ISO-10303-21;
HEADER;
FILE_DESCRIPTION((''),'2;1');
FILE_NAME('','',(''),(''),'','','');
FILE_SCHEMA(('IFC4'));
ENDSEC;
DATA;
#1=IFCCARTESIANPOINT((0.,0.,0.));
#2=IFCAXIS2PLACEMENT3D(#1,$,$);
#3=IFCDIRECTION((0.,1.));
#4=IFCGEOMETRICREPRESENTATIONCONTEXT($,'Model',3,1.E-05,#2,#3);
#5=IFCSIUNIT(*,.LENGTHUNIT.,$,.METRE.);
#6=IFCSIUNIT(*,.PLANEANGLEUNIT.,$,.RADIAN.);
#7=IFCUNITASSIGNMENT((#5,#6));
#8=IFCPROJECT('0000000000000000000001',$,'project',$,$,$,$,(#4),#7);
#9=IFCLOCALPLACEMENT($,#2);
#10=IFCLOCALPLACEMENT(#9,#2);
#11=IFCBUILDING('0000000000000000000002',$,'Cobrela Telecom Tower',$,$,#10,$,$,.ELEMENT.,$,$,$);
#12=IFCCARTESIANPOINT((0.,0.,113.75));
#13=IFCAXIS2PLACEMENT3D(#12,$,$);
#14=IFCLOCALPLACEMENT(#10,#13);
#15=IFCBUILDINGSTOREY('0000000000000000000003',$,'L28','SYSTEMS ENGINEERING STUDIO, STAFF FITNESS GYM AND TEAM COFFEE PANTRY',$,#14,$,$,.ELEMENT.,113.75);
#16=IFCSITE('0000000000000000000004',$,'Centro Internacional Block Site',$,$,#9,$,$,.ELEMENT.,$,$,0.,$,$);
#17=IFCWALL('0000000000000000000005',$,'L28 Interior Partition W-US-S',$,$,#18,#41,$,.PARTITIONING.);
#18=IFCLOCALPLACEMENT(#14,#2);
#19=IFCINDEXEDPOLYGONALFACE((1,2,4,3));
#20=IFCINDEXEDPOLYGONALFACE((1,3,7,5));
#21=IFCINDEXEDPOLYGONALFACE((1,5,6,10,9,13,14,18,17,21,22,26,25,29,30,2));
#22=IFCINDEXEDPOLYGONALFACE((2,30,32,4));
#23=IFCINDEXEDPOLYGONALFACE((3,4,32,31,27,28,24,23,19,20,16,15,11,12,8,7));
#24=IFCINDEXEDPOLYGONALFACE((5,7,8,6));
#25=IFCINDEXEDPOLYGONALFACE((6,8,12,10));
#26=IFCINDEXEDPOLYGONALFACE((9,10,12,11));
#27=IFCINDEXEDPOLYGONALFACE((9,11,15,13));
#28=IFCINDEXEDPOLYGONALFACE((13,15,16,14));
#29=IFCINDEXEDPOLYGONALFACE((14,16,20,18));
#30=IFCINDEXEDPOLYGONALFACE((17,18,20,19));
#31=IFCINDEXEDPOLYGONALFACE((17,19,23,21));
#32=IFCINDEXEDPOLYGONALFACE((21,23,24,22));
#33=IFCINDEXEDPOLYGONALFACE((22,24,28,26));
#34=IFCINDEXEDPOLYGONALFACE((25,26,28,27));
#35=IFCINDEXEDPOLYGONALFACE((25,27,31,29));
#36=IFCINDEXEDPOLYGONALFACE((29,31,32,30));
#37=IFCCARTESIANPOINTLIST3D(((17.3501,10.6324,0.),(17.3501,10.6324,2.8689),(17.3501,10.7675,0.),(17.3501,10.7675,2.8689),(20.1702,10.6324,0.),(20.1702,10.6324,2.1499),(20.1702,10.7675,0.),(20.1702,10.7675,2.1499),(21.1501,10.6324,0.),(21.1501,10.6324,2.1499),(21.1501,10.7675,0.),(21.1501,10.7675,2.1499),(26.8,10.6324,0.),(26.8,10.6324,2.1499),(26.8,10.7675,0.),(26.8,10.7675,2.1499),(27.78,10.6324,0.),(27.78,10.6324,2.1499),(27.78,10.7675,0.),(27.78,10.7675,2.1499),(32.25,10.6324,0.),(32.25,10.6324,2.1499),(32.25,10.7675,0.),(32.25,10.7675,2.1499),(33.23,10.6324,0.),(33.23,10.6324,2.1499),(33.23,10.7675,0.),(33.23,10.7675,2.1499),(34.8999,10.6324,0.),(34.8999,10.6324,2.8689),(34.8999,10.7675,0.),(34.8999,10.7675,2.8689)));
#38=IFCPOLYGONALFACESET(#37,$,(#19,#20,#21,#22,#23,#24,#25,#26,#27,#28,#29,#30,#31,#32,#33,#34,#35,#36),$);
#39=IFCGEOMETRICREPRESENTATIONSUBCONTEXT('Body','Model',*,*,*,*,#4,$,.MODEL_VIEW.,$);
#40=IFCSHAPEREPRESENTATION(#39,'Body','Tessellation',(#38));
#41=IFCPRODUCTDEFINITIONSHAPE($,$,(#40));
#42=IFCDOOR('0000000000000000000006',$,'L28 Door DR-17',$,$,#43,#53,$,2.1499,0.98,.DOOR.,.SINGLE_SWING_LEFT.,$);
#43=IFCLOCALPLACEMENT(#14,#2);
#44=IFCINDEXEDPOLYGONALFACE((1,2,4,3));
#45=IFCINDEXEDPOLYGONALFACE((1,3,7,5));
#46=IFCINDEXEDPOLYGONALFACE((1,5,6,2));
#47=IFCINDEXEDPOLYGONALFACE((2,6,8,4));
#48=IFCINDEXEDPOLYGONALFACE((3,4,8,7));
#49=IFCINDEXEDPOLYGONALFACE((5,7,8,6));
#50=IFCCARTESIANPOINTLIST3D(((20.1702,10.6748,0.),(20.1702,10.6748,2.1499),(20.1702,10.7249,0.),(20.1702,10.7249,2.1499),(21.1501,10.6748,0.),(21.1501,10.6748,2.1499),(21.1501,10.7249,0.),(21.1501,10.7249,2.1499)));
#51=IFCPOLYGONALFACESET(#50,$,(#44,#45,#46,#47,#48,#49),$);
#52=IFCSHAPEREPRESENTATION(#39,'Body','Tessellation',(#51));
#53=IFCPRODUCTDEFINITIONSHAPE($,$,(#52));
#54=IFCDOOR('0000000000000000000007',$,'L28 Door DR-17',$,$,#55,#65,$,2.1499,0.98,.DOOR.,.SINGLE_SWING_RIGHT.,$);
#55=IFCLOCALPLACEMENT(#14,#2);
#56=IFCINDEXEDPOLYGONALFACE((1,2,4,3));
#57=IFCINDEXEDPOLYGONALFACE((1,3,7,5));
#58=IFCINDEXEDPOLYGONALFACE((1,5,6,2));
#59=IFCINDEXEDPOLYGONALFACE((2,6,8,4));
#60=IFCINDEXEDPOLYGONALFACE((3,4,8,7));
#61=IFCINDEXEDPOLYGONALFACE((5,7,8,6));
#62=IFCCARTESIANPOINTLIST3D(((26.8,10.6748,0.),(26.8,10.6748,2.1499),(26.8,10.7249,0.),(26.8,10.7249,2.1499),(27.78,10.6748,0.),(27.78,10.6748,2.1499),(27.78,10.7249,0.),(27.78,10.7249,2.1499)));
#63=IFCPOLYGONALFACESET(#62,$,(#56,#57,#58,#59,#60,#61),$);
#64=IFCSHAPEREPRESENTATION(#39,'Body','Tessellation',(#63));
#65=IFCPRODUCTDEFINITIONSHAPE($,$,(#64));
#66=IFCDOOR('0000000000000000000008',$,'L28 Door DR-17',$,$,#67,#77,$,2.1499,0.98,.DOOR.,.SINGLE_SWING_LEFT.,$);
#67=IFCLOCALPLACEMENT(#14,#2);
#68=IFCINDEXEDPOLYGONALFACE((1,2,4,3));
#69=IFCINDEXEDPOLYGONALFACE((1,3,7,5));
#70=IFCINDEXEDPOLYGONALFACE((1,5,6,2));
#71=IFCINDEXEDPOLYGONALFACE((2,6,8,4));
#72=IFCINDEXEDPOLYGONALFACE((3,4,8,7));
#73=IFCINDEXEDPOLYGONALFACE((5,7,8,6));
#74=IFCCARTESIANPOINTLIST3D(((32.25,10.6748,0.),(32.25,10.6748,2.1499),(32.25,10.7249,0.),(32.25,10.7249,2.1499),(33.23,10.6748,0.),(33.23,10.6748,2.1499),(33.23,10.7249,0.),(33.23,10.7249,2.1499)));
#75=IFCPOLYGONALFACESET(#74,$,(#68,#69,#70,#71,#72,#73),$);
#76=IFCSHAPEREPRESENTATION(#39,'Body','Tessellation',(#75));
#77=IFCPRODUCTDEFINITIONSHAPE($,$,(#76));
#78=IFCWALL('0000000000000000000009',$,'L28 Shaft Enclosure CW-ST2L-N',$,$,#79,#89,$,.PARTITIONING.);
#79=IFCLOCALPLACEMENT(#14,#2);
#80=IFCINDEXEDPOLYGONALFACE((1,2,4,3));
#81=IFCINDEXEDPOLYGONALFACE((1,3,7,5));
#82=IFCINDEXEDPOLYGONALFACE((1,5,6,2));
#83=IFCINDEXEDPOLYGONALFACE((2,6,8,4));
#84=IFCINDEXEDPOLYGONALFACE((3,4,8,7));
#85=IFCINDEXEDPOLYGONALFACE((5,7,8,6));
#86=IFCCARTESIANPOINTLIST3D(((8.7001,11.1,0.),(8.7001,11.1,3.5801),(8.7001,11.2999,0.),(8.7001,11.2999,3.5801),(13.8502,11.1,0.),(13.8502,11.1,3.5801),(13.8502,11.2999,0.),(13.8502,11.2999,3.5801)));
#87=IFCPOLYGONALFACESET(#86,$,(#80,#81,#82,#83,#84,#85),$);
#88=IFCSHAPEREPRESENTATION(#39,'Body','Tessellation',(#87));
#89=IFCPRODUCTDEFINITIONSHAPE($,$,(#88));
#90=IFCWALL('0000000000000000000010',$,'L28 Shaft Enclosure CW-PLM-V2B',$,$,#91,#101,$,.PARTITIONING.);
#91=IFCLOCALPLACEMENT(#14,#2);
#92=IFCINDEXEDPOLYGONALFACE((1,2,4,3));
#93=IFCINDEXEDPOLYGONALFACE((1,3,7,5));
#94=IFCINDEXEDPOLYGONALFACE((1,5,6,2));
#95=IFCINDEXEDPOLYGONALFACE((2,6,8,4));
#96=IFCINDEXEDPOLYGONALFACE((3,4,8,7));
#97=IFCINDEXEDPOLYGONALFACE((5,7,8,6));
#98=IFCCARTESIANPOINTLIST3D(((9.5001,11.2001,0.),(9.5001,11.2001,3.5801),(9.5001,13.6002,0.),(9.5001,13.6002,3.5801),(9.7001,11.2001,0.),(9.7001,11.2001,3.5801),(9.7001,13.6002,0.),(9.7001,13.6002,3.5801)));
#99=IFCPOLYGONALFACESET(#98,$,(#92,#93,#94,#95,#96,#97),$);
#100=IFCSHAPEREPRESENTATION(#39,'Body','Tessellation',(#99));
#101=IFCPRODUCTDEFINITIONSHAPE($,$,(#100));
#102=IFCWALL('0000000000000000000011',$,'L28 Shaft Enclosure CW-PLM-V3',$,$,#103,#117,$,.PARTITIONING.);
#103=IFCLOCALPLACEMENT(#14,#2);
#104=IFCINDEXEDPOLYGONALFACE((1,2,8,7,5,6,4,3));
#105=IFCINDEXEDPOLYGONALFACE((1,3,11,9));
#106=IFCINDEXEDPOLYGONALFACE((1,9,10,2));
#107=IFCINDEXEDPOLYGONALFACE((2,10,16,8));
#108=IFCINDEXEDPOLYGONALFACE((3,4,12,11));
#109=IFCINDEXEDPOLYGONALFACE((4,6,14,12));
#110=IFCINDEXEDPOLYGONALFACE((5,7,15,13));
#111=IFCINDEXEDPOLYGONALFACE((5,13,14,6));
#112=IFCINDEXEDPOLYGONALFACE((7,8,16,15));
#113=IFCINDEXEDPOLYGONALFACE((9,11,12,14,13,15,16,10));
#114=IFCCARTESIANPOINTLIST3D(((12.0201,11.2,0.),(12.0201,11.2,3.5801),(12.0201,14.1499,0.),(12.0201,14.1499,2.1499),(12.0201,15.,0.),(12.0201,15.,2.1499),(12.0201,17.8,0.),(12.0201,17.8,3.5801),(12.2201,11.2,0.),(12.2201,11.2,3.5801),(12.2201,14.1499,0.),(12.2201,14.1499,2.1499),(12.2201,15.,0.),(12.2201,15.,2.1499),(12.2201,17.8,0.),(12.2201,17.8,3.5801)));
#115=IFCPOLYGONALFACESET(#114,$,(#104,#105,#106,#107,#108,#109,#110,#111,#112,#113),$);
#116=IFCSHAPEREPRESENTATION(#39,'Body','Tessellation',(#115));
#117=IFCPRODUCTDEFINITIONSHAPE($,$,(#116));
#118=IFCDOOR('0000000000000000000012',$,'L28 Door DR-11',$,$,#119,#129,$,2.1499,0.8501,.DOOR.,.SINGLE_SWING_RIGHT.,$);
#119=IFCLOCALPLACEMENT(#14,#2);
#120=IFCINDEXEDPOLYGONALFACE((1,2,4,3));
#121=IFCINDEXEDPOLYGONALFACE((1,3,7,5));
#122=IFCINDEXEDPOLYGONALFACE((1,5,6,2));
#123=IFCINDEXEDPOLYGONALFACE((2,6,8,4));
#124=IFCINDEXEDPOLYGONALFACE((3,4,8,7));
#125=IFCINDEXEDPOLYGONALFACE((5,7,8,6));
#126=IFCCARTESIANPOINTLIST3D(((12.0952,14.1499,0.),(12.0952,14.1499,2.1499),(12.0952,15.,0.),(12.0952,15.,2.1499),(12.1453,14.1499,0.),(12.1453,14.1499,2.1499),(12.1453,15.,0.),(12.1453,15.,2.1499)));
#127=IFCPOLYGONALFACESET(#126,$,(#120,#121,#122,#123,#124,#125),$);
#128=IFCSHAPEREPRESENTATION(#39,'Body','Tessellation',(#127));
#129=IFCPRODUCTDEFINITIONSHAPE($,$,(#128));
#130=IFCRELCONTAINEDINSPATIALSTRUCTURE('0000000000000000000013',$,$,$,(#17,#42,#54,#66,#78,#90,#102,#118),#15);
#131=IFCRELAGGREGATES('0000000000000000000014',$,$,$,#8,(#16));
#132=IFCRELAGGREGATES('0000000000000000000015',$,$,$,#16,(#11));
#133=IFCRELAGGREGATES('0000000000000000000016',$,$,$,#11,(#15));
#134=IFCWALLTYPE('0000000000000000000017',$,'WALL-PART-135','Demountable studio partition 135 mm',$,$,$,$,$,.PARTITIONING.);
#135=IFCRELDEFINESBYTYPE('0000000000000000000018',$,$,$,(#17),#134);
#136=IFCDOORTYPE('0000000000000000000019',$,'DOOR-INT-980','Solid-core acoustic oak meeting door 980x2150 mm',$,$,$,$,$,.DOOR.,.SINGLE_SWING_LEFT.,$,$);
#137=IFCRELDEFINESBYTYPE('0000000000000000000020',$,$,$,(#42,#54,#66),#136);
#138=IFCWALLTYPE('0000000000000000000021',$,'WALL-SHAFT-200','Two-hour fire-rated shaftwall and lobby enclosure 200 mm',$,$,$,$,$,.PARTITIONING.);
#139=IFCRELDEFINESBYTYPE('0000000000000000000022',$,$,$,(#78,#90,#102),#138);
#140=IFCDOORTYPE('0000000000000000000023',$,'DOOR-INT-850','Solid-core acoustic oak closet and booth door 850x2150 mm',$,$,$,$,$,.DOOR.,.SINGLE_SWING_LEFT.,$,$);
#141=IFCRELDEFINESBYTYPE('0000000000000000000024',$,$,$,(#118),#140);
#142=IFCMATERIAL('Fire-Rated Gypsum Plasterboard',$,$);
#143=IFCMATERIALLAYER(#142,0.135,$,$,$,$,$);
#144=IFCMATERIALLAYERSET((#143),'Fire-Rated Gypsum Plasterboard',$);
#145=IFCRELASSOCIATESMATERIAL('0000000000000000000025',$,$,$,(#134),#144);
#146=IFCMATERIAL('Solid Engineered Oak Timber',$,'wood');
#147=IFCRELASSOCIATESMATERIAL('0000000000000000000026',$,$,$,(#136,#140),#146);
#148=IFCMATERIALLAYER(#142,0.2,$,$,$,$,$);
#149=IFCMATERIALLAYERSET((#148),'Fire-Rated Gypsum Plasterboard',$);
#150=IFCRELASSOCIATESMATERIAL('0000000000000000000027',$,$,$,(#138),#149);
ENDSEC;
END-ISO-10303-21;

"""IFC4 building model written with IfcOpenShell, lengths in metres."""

from ifc_helpers import new_model, si_unit, direction, frame, frame_2d, origin, place, context, subcontext, project, spatial, rectangle, extrude, material, layer, layer_set, type_object, element, fill, save


model = new_model("IFC4")

# Units and contexts
model_context = context("Model", 3, precision=1e-05, world=origin(), true_north=direction((0.0, 1.0)))
body_context = subcontext(model_context, "Body", "Model", "MODEL_VIEW")
ifc_project = project(units=[si_unit("LENGTHUNIT", "METRE"), si_unit("PLANEANGLEUNIT", "RADIAN")], contexts=[model_context])

# Site, building, storey
site_placement = place(None, origin())
site = spatial("IfcSite", under=ifc_project, at=site_placement, Name="Centro Internacional Block Site", CompositionType="ELEMENT", RefElevation=0.0)
building_placement = place(site_placement, origin())
building = spatial("IfcBuilding", under=site, at=building_placement, Name="Cobrela Telecom Tower", CompositionType="ELEMENT")
storey_placement = place(building_placement, frame((0.0, 0.0, 113.75)))
storey = spatial("IfcBuildingStorey", under=building, at=storey_placement, Name="L28", Description="SYSTEMS ENGINEERING STUDIO, STAFF FITNESS GYM AND TEAM COFFEE PANTRY", CompositionType="ELEMENT", Elevation=113.75)

# Shared definitions
ifc_material_1 = material(Name="Fire-Rated Gypsum Plasterboard")

# Wall, openings, doors
ifc_layer_1 = layer(ifc_material_1, 0.135)
ifc_layer_set_1 = layer_set([ifc_layer_1], Name="Fire-Rated Gypsum Plasterboard")
wall_type_1 = type_object("IfcWallType", Name="WALL-PART-135", Description="Demountable studio partition 135 mm", PredefinedType="PARTITIONING", material=ifc_layer_set_1)
wall_1_placement = place(storey_placement, frame((17.3501, 10.7, 0.0), z_axis=(0.0, 0.0, 1.0), x_axis=(1.0, 0.0, 0.0)))
wall_1 = element("IfcWall", 1, at=wall_1_placement, inside=storey, type_object=wall_type_1, Name="L28 Interior Partition W-US-S", PredefinedType="PARTITIONING", context=body_context, shape_type="SweptSolid", body=[
    extrude(rectangle(XDim=17.5498, YDim=0.135, at=frame_2d((8.7749, 0.0))), origin(), (0.0, 0.0, 1.0), 2.8689),
])
opening_1_placement = place(wall_1_placement, frame((2.8201, 0.0, 0.0)))
opening_1 = element("IfcOpeningElement", 2, at=opening_1_placement, cuts=wall_1, PredefinedType="OPENING", context=body_context, shape_type="SweptSolid", body=[
    extrude(rectangle(XDim=0.98, YDim=2.1499, at=frame_2d((0.49, 1.075))), frame((0.0, 0.0796, 0.0), z_axis=(0.0, -1.0, 0.0), x_axis=(1.0, 0.0, 0.0)), (0.0, 0.0, 1.0), 0.1589),
])
opening_2_placement = place(wall_1_placement, frame((9.45, 0.0, 0.0)))
opening_2 = element("IfcOpeningElement", 3, at=opening_2_placement, cuts=wall_1, PredefinedType="OPENING", context=body_context, shape_type="SweptSolid", body=[
    extrude(rectangle(XDim=0.98, YDim=2.1499, at=frame_2d((0.49, 1.075))), frame((0.0, 0.0796, 0.0), z_axis=(0.0, -1.0, 0.0), x_axis=(1.0, 0.0, 0.0)), (0.0, 0.0, 1.0), 0.1589),
])
opening_3_placement = place(wall_1_placement, frame((14.8999, 0.0, 0.0)))
opening_3 = element("IfcOpeningElement", 4, at=opening_3_placement, cuts=wall_1, PredefinedType="OPENING", context=body_context, shape_type="SweptSolid", body=[
    extrude(rectangle(XDim=0.98, YDim=2.1499, at=frame_2d((0.49, 1.075))), frame((0.0, 0.0796, 0.0), z_axis=(0.0, -1.0, 0.0), x_axis=(1.0, 0.0, 0.0)), (0.0, 0.0, 1.0), 0.1589),
])
ifc_material_2 = material(Name="Solid Engineered Oak Timber", Category="wood")
door_type_1 = type_object("IfcDoorType", Name="DOOR-INT-980", Description="Solid-core acoustic oak meeting door 980x2150 mm", OperationType="SINGLE_SWING_LEFT", PredefinedType="DOOR", material=ifc_material_2)
door_1_placement = place(opening_1_placement, origin())
door_1 = element("IfcDoor", 5, at=door_1_placement, inside=storey, type_object=door_type_1, Name="L28 Door DR-17", OperationType="SINGLE_SWING_LEFT", OverallHeight=2.1499, OverallWidth=0.98, PredefinedType="DOOR", context=body_context, shape_type="SweptSolid", body=[
    extrude(rectangle(XDim=0.98, YDim=2.1499, at=frame_2d((0.49, 1.075))), frame((0.0, 0.0249, 0.0), z_axis=(0.0, -1.0, 0.0), x_axis=(1.0, 0.0, 0.0)), (0.0, 0.0, 1.0), 0.05),
])
fill(opening_1, door_1)
door_2_placement = place(opening_2_placement, origin())
door_2 = element("IfcDoor", 6, at=door_2_placement, inside=storey, type_object=door_type_1, Name="L28 Door DR-17", OperationType="SINGLE_SWING_RIGHT", OverallHeight=2.1499, OverallWidth=0.98, PredefinedType="DOOR", context=body_context, shape_type="SweptSolid", body=[
    extrude(rectangle(XDim=0.98, YDim=2.1499, at=frame_2d((0.49, 1.075))), frame((0.0, 0.0249, 0.0), z_axis=(0.0, -1.0, 0.0), x_axis=(1.0, 0.0, 0.0)), (0.0, 0.0, 1.0), 0.05),
])
fill(opening_2, door_2)
door_3_placement = place(opening_3_placement, origin())
door_3 = element("IfcDoor", 7, at=door_3_placement, inside=storey, type_object=door_type_1, Name="L28 Door DR-17", OperationType="SINGLE_SWING_LEFT", OverallHeight=2.1499, OverallWidth=0.98, PredefinedType="DOOR", context=body_context, shape_type="SweptSolid", body=[
    extrude(rectangle(XDim=0.98, YDim=2.1499, at=frame_2d((0.49, 1.075))), frame((0.0, 0.0249, 0.0), z_axis=(0.0, -1.0, 0.0), x_axis=(1.0, 0.0, 0.0)), (0.0, 0.0, 1.0), 0.05),
])
fill(opening_3, door_3)

# Walls
ifc_layer_2 = layer(ifc_material_1, 0.2)
ifc_layer_set_2 = layer_set([ifc_layer_2], Name="Fire-Rated Gypsum Plasterboard")
wall_type_2 = type_object("IfcWallType", Name="WALL-SHAFT-200", Description="Two-hour fire-rated shaftwall and lobby enclosure 200 mm", PredefinedType="PARTITIONING", material=ifc_layer_set_2)
wall_2_placement = place(storey_placement, frame((8.7, 11.2, 0.0), z_axis=(0.0, 0.0, 1.0), x_axis=(1.0, 0.0, 0.0)))
element("IfcWall", 8, at=wall_2_placement, inside=storey, type_object=wall_type_2, Name="L28 Shaft Enclosure CW-ST2L-N", PredefinedType="PARTITIONING", context=body_context, shape_type="SweptSolid", body=[
    extrude(rectangle(XDim=5.1501, YDim=0.2, at=frame_2d((2.5752, 0.0))), origin(), (0.0, 0.0, 1.0), 3.5801),
])
wall_3_placement = place(storey_placement, frame((9.6001, 11.2, 0.0), z_axis=(0.0, 0.0, 1.0), x_axis=(0.0, 1.0, 0.0)))
element("IfcWall", 9, at=wall_3_placement, inside=storey, type_object=wall_type_2, Name="L28 Shaft Enclosure CW-PLM-V2B", PredefinedType="PARTITIONING", context=body_context, shape_type="SweptSolid", body=[
    extrude(rectangle(XDim=2.4001, YDim=0.2, at=frame_2d((1.2002, 0.0))), origin(), (0.0, 0.0, 1.0), 3.5801),
])

# Wall, opening, door
wall_4_placement = place(storey_placement, frame((12.1201, 11.2, 0.0), z_axis=(0.0, 0.0, 1.0), x_axis=(0.0, 1.0, 0.0)))
wall_4 = element("IfcWall", 10, at=wall_4_placement, inside=storey, type_object=wall_type_2, Name="L28 Shaft Enclosure CW-PLM-V3", PredefinedType="PARTITIONING", context=body_context, shape_type="SweptSolid", body=[
    extrude(rectangle(XDim=6.6001, YDim=0.2, at=frame_2d((3.3, 0.0))), origin(), (0.0, 0.0, 1.0), 3.5801),
])
opening_4_placement = place(wall_4_placement, frame((2.95, 0.0, 0.0)))
opening_4 = element("IfcOpeningElement", 11, at=opening_4_placement, cuts=wall_4, PredefinedType="OPENING", context=body_context, shape_type="SweptSolid", body=[
    extrude(rectangle(XDim=0.8501, YDim=2.1499, at=frame_2d((0.425, 1.075))), frame((0.0, 0.1118, 0.0), z_axis=(0.0, -1.0, 0.0), x_axis=(1.0, 0.0, 0.0)), (0.0, 0.0, 1.0), 0.2239),
])
door_type_2 = type_object("IfcDoorType", Name="DOOR-INT-850", Description="Solid-core acoustic oak closet and booth door 850x2150 mm", OperationType="SINGLE_SWING_LEFT", PredefinedType="DOOR", material=ifc_material_2)
door_4_placement = place(opening_4_placement, origin())
door_4 = element("IfcDoor", 12, at=door_4_placement, inside=storey, type_object=door_type_2, Name="L28 Door DR-11", OperationType="SINGLE_SWING_RIGHT", OverallHeight=2.1499, OverallWidth=0.8501, PredefinedType="DOOR", context=body_context, shape_type="SweptSolid", body=[
    extrude(rectangle(XDim=0.8501, YDim=2.1499, at=frame_2d((0.425, 1.075))), frame((0.0, 0.0249, 0.0), z_axis=(0.0, -1.0, 0.0), x_axis=(1.0, 0.0, 0.0)), (0.0, 0.0, 1.0), 0.05),
])
fill(opening_4, door_4)

save(model, "model.ifc")
